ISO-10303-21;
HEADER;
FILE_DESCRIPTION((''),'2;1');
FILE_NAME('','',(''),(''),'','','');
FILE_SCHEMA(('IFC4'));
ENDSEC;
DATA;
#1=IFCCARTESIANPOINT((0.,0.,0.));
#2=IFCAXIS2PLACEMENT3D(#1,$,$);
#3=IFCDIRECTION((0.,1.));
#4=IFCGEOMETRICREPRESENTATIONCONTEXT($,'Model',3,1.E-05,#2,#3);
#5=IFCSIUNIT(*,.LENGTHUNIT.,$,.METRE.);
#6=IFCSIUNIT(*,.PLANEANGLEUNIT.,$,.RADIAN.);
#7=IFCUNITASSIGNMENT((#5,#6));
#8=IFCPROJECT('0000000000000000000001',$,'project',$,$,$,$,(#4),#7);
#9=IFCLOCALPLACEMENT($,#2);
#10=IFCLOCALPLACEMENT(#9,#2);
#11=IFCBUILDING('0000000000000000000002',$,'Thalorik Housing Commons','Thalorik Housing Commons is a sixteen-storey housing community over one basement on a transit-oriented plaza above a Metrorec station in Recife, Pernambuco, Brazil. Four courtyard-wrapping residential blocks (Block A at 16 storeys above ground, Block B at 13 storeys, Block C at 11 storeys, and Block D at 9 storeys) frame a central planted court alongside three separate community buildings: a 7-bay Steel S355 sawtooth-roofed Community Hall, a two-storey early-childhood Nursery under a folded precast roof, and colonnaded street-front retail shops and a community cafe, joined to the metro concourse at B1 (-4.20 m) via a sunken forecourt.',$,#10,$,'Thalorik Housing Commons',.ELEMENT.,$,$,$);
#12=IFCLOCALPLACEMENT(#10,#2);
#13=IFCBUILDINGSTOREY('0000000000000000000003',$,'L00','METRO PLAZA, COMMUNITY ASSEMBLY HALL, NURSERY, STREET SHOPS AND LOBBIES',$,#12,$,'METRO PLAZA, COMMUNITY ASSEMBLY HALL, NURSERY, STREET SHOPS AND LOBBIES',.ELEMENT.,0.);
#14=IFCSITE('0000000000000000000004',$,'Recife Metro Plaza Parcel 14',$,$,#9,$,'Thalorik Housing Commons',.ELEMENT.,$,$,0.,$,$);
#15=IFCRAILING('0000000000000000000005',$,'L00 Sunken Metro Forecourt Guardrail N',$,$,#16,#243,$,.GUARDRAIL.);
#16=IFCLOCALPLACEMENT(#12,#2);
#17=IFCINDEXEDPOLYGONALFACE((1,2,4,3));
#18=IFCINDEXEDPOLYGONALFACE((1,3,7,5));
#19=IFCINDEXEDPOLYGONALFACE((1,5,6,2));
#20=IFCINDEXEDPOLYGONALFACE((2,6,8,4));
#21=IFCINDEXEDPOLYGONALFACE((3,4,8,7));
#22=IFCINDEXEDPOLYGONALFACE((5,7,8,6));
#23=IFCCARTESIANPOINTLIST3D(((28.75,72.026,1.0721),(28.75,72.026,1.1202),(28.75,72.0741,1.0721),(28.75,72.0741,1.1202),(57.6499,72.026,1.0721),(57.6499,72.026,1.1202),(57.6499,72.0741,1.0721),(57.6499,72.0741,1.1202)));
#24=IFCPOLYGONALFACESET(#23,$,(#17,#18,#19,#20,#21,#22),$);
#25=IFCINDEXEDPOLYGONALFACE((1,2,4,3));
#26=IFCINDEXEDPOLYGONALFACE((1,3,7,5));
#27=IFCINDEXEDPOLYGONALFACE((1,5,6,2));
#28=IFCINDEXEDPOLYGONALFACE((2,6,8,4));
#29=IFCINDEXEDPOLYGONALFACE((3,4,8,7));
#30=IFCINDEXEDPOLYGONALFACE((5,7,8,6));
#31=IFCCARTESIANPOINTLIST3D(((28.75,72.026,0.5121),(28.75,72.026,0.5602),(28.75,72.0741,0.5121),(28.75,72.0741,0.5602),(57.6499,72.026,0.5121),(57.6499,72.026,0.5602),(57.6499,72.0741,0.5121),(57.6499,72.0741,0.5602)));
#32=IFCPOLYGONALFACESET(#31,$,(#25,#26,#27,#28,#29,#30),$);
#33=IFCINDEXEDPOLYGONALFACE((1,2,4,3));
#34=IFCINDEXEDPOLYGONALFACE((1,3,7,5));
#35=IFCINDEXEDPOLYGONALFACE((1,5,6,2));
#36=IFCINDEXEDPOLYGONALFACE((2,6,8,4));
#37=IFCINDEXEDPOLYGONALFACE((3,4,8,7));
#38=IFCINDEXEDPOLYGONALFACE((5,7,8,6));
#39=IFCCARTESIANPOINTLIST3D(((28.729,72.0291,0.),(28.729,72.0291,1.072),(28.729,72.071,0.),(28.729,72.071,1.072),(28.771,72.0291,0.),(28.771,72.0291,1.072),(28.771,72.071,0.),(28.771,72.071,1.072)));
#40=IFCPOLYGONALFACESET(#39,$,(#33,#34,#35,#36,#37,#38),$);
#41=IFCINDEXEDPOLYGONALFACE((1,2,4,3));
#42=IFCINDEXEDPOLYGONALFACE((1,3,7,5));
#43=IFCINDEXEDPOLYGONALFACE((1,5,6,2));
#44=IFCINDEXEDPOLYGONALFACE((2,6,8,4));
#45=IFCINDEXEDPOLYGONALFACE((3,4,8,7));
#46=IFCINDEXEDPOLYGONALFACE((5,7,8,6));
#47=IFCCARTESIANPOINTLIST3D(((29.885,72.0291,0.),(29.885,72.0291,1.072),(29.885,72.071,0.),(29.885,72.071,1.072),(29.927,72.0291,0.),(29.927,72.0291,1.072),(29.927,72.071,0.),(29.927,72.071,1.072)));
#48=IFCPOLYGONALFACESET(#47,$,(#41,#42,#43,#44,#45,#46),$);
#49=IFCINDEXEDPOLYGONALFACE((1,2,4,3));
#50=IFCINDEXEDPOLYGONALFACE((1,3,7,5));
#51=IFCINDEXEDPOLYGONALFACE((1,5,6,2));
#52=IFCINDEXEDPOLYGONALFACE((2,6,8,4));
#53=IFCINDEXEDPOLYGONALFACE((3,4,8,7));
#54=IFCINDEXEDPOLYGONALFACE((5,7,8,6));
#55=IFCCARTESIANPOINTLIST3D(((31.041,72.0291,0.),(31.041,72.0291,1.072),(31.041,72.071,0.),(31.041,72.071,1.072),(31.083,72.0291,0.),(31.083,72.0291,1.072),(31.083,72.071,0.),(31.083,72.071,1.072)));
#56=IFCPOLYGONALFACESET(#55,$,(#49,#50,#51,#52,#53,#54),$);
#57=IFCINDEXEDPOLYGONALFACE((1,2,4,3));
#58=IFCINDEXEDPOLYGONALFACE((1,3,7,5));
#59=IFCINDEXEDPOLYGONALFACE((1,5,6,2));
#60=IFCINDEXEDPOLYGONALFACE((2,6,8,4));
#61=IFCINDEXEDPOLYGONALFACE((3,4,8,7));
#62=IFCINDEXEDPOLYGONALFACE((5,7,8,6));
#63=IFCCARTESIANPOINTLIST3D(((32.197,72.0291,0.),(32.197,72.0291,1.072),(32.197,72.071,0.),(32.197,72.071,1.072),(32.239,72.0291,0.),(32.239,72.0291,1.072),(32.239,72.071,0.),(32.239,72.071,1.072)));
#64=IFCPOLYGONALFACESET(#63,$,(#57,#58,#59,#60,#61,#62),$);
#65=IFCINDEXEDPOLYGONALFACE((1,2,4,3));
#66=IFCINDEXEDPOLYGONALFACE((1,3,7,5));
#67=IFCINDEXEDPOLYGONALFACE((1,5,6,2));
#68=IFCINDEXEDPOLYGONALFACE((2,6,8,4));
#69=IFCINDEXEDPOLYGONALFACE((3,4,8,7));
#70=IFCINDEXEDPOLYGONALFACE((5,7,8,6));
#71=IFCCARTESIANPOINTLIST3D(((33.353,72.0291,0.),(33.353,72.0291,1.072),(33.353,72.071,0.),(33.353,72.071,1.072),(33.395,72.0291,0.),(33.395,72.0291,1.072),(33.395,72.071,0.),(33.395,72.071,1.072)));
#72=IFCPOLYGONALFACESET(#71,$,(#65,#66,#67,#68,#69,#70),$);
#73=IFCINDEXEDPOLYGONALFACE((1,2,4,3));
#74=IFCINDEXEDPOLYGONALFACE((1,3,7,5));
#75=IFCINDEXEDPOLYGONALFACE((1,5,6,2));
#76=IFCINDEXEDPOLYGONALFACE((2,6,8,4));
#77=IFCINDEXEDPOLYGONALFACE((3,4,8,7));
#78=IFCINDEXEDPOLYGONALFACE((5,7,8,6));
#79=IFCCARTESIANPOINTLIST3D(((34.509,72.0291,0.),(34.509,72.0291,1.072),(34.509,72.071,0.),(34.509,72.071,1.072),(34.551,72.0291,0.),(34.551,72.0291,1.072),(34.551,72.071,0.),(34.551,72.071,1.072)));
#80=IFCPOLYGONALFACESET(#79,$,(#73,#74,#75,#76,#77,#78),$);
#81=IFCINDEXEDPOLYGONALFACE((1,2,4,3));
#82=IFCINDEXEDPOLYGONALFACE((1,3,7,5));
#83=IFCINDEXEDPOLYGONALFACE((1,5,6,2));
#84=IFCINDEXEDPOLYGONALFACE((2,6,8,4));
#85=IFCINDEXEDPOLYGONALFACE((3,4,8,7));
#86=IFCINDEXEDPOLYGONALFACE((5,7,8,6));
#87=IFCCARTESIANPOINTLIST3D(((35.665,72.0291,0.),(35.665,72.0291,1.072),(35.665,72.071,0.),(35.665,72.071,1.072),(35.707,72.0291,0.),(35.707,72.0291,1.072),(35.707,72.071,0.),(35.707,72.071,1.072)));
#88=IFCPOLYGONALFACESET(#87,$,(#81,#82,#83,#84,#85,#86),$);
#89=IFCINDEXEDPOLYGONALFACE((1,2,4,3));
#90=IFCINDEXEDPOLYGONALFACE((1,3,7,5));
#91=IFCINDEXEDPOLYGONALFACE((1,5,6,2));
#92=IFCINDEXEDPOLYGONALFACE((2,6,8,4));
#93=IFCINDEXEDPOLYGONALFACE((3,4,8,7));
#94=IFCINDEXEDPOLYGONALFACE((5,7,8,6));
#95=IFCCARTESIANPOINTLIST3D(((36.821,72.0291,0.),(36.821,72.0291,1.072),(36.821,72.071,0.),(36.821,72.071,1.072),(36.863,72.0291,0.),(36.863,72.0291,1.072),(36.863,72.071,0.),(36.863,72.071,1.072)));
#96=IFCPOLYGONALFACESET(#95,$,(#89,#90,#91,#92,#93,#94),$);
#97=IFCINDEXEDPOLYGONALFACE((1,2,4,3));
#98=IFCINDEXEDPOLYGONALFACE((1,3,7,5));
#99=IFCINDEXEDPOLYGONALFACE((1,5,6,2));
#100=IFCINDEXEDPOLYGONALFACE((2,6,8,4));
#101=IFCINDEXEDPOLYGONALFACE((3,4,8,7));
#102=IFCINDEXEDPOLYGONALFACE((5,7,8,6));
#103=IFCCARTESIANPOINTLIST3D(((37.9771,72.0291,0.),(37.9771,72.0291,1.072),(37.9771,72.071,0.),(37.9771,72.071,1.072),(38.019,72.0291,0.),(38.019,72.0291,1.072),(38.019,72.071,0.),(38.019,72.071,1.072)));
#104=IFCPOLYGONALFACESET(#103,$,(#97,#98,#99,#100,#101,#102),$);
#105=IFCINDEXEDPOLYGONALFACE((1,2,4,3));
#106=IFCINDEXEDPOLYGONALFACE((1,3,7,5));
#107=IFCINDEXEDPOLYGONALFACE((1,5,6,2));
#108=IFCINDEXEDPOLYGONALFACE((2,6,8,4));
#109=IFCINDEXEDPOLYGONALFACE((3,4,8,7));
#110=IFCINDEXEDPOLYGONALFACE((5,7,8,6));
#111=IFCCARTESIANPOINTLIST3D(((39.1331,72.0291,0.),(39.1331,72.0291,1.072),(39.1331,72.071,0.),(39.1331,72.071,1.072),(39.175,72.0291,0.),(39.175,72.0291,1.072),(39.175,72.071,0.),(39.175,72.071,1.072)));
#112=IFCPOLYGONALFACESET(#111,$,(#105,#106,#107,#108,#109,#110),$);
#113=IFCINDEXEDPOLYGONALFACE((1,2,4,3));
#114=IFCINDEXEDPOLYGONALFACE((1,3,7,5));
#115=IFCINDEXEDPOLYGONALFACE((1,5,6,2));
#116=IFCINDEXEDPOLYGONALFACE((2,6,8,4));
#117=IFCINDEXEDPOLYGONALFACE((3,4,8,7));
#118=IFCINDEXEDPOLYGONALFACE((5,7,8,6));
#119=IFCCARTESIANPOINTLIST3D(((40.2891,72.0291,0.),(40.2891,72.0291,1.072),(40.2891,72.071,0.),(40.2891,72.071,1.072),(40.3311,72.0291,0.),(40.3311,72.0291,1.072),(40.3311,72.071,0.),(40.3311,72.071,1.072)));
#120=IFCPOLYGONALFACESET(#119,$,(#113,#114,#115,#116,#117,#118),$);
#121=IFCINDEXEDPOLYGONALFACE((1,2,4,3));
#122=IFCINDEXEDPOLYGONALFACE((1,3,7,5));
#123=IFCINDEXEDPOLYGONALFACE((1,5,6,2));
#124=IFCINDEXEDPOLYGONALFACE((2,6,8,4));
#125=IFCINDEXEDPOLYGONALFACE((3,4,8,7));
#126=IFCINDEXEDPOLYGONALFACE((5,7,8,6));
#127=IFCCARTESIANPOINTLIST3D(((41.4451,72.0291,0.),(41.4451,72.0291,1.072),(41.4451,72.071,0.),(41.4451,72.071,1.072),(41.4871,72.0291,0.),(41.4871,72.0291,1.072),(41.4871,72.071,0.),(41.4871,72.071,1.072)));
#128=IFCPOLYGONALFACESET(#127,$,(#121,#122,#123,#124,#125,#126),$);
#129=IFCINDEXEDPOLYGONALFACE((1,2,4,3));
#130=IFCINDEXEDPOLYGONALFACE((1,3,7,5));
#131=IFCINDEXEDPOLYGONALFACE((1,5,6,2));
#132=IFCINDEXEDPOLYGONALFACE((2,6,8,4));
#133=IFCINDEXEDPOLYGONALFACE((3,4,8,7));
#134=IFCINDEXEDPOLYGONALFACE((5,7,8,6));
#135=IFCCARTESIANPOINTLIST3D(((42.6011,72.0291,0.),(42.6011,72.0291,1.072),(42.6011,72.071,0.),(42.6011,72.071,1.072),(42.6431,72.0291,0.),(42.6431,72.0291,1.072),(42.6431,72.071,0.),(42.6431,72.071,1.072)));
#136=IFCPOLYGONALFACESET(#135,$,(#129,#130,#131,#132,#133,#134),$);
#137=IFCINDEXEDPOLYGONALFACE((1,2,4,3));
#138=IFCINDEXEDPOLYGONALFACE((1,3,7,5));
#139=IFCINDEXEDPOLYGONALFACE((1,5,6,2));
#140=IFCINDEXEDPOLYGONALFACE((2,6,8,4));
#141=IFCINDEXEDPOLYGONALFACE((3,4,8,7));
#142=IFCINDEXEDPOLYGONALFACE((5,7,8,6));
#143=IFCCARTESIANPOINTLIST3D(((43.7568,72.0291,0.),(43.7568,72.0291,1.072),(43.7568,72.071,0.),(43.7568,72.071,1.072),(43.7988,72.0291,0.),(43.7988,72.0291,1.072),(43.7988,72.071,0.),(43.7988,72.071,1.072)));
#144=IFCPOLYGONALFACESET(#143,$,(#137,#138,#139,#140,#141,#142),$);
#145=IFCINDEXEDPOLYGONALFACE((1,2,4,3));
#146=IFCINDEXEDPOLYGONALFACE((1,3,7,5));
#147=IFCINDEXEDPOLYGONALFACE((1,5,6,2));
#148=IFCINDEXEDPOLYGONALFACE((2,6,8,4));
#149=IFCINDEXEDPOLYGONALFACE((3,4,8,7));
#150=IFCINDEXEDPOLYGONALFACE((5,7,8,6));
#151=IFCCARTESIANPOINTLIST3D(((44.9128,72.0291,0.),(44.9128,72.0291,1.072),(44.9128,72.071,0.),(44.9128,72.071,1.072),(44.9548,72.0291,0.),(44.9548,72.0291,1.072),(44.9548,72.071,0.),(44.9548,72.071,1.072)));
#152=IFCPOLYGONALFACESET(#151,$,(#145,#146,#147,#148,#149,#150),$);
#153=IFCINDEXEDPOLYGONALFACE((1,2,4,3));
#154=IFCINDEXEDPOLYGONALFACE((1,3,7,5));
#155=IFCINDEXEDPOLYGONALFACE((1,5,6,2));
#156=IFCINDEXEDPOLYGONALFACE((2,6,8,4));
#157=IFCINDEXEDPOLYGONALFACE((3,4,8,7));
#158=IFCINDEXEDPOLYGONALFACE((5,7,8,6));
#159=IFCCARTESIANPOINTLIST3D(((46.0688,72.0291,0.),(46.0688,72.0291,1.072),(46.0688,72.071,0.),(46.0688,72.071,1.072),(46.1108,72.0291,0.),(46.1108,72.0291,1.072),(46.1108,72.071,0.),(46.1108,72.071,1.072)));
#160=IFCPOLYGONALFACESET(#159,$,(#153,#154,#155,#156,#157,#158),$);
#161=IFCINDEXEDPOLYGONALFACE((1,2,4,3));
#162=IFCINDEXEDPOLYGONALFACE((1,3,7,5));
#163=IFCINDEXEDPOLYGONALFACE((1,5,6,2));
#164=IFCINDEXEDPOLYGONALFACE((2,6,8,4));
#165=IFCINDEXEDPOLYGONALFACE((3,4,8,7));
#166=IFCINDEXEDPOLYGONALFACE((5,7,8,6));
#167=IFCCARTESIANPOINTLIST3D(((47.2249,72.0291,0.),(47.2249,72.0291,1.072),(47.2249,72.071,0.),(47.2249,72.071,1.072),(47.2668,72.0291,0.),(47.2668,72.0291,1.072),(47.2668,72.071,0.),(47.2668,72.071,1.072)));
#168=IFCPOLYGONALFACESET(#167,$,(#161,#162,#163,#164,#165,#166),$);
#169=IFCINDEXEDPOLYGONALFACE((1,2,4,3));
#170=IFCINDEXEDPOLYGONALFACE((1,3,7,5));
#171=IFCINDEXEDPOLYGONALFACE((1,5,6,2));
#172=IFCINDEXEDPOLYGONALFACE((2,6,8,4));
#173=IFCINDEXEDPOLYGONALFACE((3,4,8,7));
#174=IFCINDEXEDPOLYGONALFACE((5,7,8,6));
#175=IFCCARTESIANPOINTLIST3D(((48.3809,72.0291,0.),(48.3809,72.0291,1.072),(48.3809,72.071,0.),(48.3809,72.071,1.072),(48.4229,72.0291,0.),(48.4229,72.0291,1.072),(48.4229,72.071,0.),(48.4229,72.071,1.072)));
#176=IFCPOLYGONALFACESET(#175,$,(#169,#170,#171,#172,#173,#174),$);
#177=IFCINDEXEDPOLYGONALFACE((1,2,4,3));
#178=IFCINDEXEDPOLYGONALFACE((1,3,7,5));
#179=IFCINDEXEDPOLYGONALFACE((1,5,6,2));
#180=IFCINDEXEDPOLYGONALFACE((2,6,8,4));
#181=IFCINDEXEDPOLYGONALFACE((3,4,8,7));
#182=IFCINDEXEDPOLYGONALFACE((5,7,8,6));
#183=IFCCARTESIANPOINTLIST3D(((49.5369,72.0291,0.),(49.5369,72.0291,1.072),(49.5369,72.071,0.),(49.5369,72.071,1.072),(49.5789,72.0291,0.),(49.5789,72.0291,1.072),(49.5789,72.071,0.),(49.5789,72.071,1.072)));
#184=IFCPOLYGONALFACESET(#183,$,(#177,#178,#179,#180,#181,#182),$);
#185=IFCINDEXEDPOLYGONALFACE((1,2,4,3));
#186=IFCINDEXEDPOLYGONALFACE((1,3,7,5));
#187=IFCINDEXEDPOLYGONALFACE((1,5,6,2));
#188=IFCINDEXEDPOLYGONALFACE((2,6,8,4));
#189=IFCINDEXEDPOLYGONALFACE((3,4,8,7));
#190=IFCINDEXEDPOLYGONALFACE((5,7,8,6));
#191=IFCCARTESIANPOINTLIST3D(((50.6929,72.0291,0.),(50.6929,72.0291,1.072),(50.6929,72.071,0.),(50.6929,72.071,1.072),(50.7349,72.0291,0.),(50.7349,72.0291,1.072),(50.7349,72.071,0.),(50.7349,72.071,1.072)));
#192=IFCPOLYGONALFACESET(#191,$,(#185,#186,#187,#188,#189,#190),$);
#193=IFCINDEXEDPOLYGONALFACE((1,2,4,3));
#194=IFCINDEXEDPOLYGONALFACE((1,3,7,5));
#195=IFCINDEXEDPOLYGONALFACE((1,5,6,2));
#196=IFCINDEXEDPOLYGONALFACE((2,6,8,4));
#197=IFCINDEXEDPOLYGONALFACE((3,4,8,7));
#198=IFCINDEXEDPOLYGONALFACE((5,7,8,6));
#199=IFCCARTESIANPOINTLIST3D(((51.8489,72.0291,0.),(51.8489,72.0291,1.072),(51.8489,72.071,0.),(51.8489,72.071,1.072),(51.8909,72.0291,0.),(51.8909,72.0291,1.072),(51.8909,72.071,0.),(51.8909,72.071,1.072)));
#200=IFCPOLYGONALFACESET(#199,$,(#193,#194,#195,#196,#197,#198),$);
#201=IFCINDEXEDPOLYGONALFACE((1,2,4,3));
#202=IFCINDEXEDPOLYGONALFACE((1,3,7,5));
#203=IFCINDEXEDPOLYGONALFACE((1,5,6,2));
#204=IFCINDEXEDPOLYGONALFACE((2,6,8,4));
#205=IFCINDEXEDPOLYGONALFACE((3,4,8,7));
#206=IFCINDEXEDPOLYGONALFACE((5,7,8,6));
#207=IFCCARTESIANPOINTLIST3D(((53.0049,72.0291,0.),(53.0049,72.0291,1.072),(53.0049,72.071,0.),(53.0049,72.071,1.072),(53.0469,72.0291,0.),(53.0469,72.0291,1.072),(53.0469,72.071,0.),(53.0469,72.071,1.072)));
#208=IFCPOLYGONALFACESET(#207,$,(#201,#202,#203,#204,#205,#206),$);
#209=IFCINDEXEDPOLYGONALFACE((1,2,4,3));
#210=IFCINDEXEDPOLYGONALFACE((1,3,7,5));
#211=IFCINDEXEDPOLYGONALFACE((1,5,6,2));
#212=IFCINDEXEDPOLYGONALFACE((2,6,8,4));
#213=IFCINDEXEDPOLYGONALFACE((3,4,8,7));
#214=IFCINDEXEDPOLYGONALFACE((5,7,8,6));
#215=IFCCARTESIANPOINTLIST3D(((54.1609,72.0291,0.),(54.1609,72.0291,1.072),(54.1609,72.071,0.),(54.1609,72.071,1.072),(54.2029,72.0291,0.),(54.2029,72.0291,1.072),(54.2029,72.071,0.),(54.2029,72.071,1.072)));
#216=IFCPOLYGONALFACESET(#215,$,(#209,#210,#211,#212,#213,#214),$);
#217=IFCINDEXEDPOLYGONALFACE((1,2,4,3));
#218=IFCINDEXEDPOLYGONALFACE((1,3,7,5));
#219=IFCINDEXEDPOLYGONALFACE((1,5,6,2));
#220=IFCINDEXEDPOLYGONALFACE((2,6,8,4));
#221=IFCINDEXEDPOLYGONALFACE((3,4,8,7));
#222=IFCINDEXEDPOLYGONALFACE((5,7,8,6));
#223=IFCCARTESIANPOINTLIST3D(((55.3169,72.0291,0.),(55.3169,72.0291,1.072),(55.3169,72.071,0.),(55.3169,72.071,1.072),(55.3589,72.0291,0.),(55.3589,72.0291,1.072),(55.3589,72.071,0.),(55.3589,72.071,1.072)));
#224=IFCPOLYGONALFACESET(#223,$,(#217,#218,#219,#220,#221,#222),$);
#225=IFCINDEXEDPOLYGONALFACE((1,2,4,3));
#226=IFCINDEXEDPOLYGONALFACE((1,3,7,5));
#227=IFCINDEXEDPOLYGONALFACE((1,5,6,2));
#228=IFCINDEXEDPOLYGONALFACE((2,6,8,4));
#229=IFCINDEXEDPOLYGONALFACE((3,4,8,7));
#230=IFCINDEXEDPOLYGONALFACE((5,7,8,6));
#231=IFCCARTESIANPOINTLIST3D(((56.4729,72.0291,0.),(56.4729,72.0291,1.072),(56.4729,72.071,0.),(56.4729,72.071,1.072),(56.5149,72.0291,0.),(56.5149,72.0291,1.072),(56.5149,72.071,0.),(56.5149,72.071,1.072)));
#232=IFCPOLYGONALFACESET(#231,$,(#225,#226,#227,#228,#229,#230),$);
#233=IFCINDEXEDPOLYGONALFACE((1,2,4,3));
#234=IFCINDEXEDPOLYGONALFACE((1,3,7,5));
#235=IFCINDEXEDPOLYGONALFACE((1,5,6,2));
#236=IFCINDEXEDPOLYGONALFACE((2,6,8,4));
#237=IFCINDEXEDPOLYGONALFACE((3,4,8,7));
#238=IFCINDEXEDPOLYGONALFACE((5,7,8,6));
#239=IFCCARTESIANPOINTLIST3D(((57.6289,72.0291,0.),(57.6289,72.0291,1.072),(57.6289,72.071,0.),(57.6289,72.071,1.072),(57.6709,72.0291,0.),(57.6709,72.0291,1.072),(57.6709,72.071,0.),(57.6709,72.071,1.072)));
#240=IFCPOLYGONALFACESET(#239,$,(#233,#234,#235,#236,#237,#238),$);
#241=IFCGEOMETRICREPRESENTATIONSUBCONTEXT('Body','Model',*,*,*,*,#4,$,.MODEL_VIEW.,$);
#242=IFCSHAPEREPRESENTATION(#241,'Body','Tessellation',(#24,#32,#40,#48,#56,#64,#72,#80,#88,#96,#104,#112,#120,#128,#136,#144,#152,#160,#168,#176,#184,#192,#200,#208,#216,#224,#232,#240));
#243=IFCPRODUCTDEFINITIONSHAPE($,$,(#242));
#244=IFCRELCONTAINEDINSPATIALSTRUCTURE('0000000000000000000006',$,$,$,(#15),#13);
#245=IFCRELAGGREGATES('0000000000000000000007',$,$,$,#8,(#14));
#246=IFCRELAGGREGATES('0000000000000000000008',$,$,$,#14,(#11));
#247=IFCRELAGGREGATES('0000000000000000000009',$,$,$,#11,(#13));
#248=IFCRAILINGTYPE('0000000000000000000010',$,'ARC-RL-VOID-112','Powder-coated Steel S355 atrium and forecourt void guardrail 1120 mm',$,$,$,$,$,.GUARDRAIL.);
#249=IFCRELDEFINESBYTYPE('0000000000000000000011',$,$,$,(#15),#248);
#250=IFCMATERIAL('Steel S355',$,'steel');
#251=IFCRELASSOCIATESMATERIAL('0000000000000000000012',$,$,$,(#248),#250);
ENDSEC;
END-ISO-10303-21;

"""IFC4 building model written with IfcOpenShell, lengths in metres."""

from ifc_helpers import new_model, si_unit, direction, frame, origin, origin_2d, place, context, subcontext, project, spatial, rectangle, extrude, material, type_object, element, save


model = new_model("IFC4")

# Units and contexts
model_context = context("Model", 3, precision=1e-05, world=origin(), true_north=direction((0.0, 1.0)))
body_context = subcontext(model_context, "Body", "Model", "MODEL_VIEW")
ifc_project = project(units=[si_unit("LENGTHUNIT", "METRE"), si_unit("PLANEANGLEUNIT", "RADIAN")], contexts=[model_context])

# Site, building, storey
site_placement = place(None, origin())
site = spatial("IfcSite", under=ifc_project, at=site_placement, Name="Recife Metro Plaza Parcel 14", LongName="Thalorik Housing Commons", CompositionType="ELEMENT", RefElevation=0.0)
building_placement = place(site_placement, origin())
building = spatial("IfcBuilding", under=site, at=building_placement, Name="Thalorik Housing Commons", Description="Thalorik Housing Commons is a sixteen-storey housing community over one basement on a transit-oriented plaza above a Metrorec station in Recife, Pernambuco, Brazil. Four courtyard-wrapping residential blocks (Block A at 16 storeys above ground, Block B at 13 storeys, Block C at 11 storeys, and Block D at 9 storeys) frame a central planted court alongside three separate community buildings: a 7-bay Steel S355 sawtooth-roofed Community Hall, a two-storey early-childhood Nursery under a folded precast roof, and colonnaded street-front retail shops and a community cafe, joined to the metro concourse at B1 (-4.20 m) via a sunken forecourt.", LongName="Thalorik Housing Commons", CompositionType="ELEMENT")
storey_placement = place(building_placement, origin())
storey = spatial("IfcBuildingStorey", under=building, at=storey_placement, Name="L00", Description="METRO PLAZA, COMMUNITY ASSEMBLY HALL, NURSERY, STREET SHOPS AND LOBBIES", LongName="METRO PLAZA, COMMUNITY ASSEMBLY HALL, NURSERY, STREET SHOPS AND LOBBIES", CompositionType="ELEMENT", Elevation=0.0)

# Railing
ifc_material_1 = material(Name="Steel S355", Category="steel")
railing_type_1 = type_object("IfcRailingType", Name="ARC-RL-VOID-112", Description="Powder-coated Steel S355 atrium and forecourt void guardrail 1120 mm", PredefinedType="GUARDRAIL", material=ifc_material_1)
railing_1_placement = place(storey_placement, frame((28.75, 72.05, 0.0)))
element("IfcRailing", 1, at=railing_1_placement, inside=storey, type_object=railing_type_1, Name="L00 Sunken Metro Forecourt Guardrail N", PredefinedType="GUARDRAIL", context=body_context, shape_type="SweptSolid", body=[
    extrude(rectangle(XDim=0.0481, YDim=0.0481, at=origin_2d()), frame((0.0, 0.0, 1.0962), z_axis=(1.0, 0.0, 0.0), x_axis=(0.0, 1.0, 0.0)), (0.0, 0.0, 1.0), 28.8999),
    extrude(rectangle(XDim=0.0481, YDim=0.0481, at=origin_2d()), frame((0.0, 0.0, 0.5361), z_axis=(1.0, 0.0, 0.0), x_axis=(0.0, 1.0, 0.0)), (0.0, 0.0, 1.0), 28.8999),
    extrude(rectangle(XDim=0.042, YDim=0.042, at=origin_2d()), origin(), (0.0, 0.0, 1.0), 1.072),
    extrude(rectangle(XDim=0.042, YDim=0.042, at=origin_2d()), frame((1.156, 0.0, 0.0)), (0.0, 0.0, 1.0), 1.072),
    extrude(rectangle(XDim=0.042, YDim=0.042, at=origin_2d()), frame((2.312, 0.0, 0.0)), (0.0, 0.0, 1.0), 1.072),
    extrude(rectangle(XDim=0.042, YDim=0.042, at=origin_2d()), frame((3.468, 0.0, 0.0)), (0.0, 0.0, 1.0), 1.072),
    extrude(rectangle(XDim=0.042, YDim=0.042, at=origin_2d()), frame((4.624, 0.0, 0.0)), (0.0, 0.0, 1.0), 1.072),
    extrude(rectangle(XDim=0.042, YDim=0.042, at=origin_2d()), frame((5.78, 0.0, 0.0)), (0.0, 0.0, 1.0), 1.072),
    extrude(rectangle(XDim=0.042, YDim=0.042, at=origin_2d()), frame((6.936, 0.0, 0.0)), (0.0, 0.0, 1.0), 1.072),
    extrude(rectangle(XDim=0.042, YDim=0.042, at=origin_2d()), frame((8.092, 0.0, 0.0)), (0.0, 0.0, 1.0), 1.072),
    extrude(rectangle(XDim=0.042, YDim=0.042, at=origin_2d()), frame((9.248, 0.0, 0.0)), (0.0, 0.0, 1.0), 1.072),
    extrude(rectangle(XDim=0.042, YDim=0.042, at=origin_2d()), frame((10.4041, 0.0, 0.0)), (0.0, 0.0, 1.0), 1.072),
    extrude(rectangle(XDim=0.042, YDim=0.042, at=origin_2d()), frame((11.5601, 0.0, 0.0)), (0.0, 0.0, 1.0), 1.072),
    extrude(rectangle(XDim=0.042, YDim=0.042, at=origin_2d()), frame((12.7161, 0.0, 0.0)), (0.0, 0.0, 1.0), 1.072),
    extrude(rectangle(XDim=0.042, YDim=0.042, at=origin_2d()), frame((13.8721, 0.0, 0.0)), (0.0, 0.0, 1.0), 1.072),
    extrude(rectangle(XDim=0.042, YDim=0.042, at=origin_2d()), frame((15.0278, 0.0, 0.0)), (0.0, 0.0, 1.0), 1.072),
    extrude(rectangle(XDim=0.042, YDim=0.042, at=origin_2d()), frame((16.1838, 0.0, 0.0)), (0.0, 0.0, 1.0), 1.072),
    extrude(rectangle(XDim=0.042, YDim=0.042, at=origin_2d()), frame((17.3398, 0.0, 0.0)), (0.0, 0.0, 1.0), 1.072),
    extrude(rectangle(XDim=0.042, YDim=0.042, at=origin_2d()), frame((18.4958, 0.0, 0.0)), (0.0, 0.0, 1.0), 1.072),
    extrude(rectangle(XDim=0.042, YDim=0.042, at=origin_2d()), frame((19.6519, 0.0, 0.0)), (0.0, 0.0, 1.0), 1.072),
    extrude(rectangle(XDim=0.042, YDim=0.042, at=origin_2d()), frame((20.8079, 0.0, 0.0)), (0.0, 0.0, 1.0), 1.072),
    extrude(rectangle(XDim=0.042, YDim=0.042, at=origin_2d()), frame((21.9639, 0.0, 0.0)), (0.0, 0.0, 1.0), 1.072),
    extrude(rectangle(XDim=0.042, YDim=0.042, at=origin_2d()), frame((23.1199, 0.0, 0.0)), (0.0, 0.0, 1.0), 1.072),
    extrude(rectangle(XDim=0.042, YDim=0.042, at=origin_2d()), frame((24.2759, 0.0, 0.0)), (0.0, 0.0, 1.0), 1.072),
    extrude(rectangle(XDim=0.042, YDim=0.042, at=origin_2d()), frame((25.4319, 0.0, 0.0)), (0.0, 0.0, 1.0), 1.072),
    extrude(rectangle(XDim=0.042, YDim=0.042, at=origin_2d()), frame((26.5879, 0.0, 0.0)), (0.0, 0.0, 1.0), 1.072),
    extrude(rectangle(XDim=0.042, YDim=0.042, at=origin_2d()), frame((27.7439, 0.0, 0.0)), (0.0, 0.0, 1.0), 1.072),
    extrude(rectangle(XDim=0.042, YDim=0.042, at=origin_2d()), frame((28.8999, 0.0, 0.0)), (0.0, 0.0, 1.0), 1.072),
])

save(model, "model.ifc")
